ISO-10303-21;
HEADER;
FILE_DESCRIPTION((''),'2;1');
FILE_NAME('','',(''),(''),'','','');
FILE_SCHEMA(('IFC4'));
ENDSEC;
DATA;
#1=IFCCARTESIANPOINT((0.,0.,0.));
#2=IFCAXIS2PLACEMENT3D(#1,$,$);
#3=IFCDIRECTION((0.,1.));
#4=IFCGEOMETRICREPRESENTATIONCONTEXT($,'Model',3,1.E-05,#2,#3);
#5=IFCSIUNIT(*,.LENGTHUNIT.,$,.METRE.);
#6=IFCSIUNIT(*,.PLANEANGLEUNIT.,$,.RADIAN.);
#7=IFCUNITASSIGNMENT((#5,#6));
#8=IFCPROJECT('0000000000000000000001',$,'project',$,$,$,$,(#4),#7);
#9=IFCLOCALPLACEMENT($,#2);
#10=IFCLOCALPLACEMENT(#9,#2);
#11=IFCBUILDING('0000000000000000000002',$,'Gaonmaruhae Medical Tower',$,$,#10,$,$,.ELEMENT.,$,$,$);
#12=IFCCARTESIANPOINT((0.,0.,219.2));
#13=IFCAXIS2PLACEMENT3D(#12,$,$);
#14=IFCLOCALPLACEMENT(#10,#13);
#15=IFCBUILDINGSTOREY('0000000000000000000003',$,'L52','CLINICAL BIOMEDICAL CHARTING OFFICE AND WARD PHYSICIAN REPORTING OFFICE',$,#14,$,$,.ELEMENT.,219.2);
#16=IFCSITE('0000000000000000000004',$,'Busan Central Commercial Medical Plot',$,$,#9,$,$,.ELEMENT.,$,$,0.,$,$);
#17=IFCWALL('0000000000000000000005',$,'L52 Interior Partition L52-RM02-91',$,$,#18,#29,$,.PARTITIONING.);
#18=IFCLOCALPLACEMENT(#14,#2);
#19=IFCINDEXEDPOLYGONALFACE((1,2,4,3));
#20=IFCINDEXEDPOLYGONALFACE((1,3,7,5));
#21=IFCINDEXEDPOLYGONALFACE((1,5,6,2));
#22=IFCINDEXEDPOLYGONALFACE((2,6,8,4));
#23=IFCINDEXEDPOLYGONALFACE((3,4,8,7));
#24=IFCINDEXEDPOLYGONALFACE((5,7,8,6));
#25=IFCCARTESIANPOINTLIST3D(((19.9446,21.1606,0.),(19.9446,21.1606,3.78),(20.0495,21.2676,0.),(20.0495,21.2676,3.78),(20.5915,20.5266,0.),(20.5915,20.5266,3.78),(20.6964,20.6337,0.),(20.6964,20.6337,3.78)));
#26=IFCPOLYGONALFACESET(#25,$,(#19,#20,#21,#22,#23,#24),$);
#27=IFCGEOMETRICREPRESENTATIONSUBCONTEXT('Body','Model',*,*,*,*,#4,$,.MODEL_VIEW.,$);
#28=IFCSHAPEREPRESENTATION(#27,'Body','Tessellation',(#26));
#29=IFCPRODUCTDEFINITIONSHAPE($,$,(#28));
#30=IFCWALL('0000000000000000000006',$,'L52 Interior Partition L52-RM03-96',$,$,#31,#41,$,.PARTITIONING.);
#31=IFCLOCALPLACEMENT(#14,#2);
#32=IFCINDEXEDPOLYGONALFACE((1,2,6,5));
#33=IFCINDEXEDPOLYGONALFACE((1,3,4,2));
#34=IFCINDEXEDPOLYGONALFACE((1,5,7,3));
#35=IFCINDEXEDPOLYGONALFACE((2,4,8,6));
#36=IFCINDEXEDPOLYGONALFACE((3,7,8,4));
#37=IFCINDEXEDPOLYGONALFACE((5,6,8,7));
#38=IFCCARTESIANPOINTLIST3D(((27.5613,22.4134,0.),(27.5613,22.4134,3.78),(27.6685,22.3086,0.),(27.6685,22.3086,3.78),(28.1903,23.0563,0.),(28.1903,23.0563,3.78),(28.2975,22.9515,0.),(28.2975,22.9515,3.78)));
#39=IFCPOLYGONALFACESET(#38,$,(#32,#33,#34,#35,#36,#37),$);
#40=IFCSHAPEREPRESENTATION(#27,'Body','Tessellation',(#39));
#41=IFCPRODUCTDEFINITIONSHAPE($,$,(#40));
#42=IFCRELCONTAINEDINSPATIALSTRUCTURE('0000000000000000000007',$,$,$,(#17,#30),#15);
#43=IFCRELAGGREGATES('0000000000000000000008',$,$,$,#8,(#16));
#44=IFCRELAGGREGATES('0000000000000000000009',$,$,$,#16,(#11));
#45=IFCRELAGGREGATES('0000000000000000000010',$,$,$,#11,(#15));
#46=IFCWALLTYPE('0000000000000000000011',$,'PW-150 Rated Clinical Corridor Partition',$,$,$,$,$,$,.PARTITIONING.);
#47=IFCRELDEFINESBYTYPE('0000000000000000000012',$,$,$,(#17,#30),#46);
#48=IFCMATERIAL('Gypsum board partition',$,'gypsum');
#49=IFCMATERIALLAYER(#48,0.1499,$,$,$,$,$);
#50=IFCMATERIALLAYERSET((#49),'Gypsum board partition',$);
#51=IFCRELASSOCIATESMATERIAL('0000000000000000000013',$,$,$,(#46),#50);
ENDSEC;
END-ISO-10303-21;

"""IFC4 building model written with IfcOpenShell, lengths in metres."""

from ifc_helpers import new_model, si_unit, direction, frame, frame_2d, origin, place, context, subcontext, project, spatial, rectangle, extrude, material, layer, layer_set, type_object, element, save


model = new_model("IFC4")

# Units and contexts
model_context = context("Model", 3, precision=1e-05, world=origin(), true_north=direction((0.0, 1.0)))
body_context = subcontext(model_context, "Body", "Model", "MODEL_VIEW")
ifc_project = project(units=[si_unit("LENGTHUNIT", "METRE"), si_unit("PLANEANGLEUNIT", "RADIAN")], contexts=[model_context])

# Site, building, storey
site_placement = place(None, origin())
site = spatial("IfcSite", under=ifc_project, at=site_placement, Name="Busan Central Commercial Medical Plot", CompositionType="ELEMENT", RefElevation=0.0)
building_placement = place(site_placement, origin())
building = spatial("IfcBuilding", under=site, at=building_placement, Name="Gaonmaruhae Medical Tower", CompositionType="ELEMENT")
storey_placement = place(building_placement, frame((0.0, 0.0, 219.2)))
storey = spatial("IfcBuildingStorey", under=building, at=storey_placement, Name="L52", Description="CLINICAL BIOMEDICAL CHARTING OFFICE AND WARD PHYSICIAN REPORTING OFFICE", CompositionType="ELEMENT", Elevation=219.2)

# Shared definitions
ifc_material_1 = material(Name="Gypsum board partition", Category="gypsum")
ifc_layer_1 = layer(ifc_material_1, 0.1499)
ifc_layer_set_1 = layer_set([ifc_layer_1], Name="Gypsum board partition")
wall_type_1 = type_object("IfcWallType", Name="PW-150 Rated Clinical Corridor Partition", PredefinedType="PARTITIONING", material=ifc_layer_set_1)

# Walls
wall_1_placement = place(storey_placement, frame((19.9971, 21.2141, 0.0), z_axis=(0.0, 0.0, 1.0), x_axis=(0.714213, -0.699929, 0.0)))
element("IfcWall", 1, at=wall_1_placement, inside=storey, type_object=wall_type_1, Name="L52 Interior Partition L52-RM02-91", PredefinedType="PARTITIONING", context=body_context, shape_type="SweptSolid", body=[
    extrude(rectangle(XDim=0.9058, YDim=0.1499, at=frame_2d((0.4529, 0.0))), origin(), (0.0, 0.0, 1.0), 3.78),
])
wall_2_placement = place(storey_placement, frame((28.2439, 23.0039, 0.0), z_axis=(0.0, 0.0, 1.0), x_axis=(-0.699327, -0.714802, 0.0)))
element("IfcWall", 2, at=wall_2_placement, inside=storey, type_object=wall_type_1, Name="L52 Interior Partition L52-RM03-96", PredefinedType="PARTITIONING", context=body_context, shape_type="SweptSolid", body=[
    extrude(rectangle(XDim=0.8994, YDim=0.1499, at=frame_2d((0.4497, 0.0))), origin(), (0.0, 0.0, 1.0), 3.78),
])

save(model, "model.ifc")
